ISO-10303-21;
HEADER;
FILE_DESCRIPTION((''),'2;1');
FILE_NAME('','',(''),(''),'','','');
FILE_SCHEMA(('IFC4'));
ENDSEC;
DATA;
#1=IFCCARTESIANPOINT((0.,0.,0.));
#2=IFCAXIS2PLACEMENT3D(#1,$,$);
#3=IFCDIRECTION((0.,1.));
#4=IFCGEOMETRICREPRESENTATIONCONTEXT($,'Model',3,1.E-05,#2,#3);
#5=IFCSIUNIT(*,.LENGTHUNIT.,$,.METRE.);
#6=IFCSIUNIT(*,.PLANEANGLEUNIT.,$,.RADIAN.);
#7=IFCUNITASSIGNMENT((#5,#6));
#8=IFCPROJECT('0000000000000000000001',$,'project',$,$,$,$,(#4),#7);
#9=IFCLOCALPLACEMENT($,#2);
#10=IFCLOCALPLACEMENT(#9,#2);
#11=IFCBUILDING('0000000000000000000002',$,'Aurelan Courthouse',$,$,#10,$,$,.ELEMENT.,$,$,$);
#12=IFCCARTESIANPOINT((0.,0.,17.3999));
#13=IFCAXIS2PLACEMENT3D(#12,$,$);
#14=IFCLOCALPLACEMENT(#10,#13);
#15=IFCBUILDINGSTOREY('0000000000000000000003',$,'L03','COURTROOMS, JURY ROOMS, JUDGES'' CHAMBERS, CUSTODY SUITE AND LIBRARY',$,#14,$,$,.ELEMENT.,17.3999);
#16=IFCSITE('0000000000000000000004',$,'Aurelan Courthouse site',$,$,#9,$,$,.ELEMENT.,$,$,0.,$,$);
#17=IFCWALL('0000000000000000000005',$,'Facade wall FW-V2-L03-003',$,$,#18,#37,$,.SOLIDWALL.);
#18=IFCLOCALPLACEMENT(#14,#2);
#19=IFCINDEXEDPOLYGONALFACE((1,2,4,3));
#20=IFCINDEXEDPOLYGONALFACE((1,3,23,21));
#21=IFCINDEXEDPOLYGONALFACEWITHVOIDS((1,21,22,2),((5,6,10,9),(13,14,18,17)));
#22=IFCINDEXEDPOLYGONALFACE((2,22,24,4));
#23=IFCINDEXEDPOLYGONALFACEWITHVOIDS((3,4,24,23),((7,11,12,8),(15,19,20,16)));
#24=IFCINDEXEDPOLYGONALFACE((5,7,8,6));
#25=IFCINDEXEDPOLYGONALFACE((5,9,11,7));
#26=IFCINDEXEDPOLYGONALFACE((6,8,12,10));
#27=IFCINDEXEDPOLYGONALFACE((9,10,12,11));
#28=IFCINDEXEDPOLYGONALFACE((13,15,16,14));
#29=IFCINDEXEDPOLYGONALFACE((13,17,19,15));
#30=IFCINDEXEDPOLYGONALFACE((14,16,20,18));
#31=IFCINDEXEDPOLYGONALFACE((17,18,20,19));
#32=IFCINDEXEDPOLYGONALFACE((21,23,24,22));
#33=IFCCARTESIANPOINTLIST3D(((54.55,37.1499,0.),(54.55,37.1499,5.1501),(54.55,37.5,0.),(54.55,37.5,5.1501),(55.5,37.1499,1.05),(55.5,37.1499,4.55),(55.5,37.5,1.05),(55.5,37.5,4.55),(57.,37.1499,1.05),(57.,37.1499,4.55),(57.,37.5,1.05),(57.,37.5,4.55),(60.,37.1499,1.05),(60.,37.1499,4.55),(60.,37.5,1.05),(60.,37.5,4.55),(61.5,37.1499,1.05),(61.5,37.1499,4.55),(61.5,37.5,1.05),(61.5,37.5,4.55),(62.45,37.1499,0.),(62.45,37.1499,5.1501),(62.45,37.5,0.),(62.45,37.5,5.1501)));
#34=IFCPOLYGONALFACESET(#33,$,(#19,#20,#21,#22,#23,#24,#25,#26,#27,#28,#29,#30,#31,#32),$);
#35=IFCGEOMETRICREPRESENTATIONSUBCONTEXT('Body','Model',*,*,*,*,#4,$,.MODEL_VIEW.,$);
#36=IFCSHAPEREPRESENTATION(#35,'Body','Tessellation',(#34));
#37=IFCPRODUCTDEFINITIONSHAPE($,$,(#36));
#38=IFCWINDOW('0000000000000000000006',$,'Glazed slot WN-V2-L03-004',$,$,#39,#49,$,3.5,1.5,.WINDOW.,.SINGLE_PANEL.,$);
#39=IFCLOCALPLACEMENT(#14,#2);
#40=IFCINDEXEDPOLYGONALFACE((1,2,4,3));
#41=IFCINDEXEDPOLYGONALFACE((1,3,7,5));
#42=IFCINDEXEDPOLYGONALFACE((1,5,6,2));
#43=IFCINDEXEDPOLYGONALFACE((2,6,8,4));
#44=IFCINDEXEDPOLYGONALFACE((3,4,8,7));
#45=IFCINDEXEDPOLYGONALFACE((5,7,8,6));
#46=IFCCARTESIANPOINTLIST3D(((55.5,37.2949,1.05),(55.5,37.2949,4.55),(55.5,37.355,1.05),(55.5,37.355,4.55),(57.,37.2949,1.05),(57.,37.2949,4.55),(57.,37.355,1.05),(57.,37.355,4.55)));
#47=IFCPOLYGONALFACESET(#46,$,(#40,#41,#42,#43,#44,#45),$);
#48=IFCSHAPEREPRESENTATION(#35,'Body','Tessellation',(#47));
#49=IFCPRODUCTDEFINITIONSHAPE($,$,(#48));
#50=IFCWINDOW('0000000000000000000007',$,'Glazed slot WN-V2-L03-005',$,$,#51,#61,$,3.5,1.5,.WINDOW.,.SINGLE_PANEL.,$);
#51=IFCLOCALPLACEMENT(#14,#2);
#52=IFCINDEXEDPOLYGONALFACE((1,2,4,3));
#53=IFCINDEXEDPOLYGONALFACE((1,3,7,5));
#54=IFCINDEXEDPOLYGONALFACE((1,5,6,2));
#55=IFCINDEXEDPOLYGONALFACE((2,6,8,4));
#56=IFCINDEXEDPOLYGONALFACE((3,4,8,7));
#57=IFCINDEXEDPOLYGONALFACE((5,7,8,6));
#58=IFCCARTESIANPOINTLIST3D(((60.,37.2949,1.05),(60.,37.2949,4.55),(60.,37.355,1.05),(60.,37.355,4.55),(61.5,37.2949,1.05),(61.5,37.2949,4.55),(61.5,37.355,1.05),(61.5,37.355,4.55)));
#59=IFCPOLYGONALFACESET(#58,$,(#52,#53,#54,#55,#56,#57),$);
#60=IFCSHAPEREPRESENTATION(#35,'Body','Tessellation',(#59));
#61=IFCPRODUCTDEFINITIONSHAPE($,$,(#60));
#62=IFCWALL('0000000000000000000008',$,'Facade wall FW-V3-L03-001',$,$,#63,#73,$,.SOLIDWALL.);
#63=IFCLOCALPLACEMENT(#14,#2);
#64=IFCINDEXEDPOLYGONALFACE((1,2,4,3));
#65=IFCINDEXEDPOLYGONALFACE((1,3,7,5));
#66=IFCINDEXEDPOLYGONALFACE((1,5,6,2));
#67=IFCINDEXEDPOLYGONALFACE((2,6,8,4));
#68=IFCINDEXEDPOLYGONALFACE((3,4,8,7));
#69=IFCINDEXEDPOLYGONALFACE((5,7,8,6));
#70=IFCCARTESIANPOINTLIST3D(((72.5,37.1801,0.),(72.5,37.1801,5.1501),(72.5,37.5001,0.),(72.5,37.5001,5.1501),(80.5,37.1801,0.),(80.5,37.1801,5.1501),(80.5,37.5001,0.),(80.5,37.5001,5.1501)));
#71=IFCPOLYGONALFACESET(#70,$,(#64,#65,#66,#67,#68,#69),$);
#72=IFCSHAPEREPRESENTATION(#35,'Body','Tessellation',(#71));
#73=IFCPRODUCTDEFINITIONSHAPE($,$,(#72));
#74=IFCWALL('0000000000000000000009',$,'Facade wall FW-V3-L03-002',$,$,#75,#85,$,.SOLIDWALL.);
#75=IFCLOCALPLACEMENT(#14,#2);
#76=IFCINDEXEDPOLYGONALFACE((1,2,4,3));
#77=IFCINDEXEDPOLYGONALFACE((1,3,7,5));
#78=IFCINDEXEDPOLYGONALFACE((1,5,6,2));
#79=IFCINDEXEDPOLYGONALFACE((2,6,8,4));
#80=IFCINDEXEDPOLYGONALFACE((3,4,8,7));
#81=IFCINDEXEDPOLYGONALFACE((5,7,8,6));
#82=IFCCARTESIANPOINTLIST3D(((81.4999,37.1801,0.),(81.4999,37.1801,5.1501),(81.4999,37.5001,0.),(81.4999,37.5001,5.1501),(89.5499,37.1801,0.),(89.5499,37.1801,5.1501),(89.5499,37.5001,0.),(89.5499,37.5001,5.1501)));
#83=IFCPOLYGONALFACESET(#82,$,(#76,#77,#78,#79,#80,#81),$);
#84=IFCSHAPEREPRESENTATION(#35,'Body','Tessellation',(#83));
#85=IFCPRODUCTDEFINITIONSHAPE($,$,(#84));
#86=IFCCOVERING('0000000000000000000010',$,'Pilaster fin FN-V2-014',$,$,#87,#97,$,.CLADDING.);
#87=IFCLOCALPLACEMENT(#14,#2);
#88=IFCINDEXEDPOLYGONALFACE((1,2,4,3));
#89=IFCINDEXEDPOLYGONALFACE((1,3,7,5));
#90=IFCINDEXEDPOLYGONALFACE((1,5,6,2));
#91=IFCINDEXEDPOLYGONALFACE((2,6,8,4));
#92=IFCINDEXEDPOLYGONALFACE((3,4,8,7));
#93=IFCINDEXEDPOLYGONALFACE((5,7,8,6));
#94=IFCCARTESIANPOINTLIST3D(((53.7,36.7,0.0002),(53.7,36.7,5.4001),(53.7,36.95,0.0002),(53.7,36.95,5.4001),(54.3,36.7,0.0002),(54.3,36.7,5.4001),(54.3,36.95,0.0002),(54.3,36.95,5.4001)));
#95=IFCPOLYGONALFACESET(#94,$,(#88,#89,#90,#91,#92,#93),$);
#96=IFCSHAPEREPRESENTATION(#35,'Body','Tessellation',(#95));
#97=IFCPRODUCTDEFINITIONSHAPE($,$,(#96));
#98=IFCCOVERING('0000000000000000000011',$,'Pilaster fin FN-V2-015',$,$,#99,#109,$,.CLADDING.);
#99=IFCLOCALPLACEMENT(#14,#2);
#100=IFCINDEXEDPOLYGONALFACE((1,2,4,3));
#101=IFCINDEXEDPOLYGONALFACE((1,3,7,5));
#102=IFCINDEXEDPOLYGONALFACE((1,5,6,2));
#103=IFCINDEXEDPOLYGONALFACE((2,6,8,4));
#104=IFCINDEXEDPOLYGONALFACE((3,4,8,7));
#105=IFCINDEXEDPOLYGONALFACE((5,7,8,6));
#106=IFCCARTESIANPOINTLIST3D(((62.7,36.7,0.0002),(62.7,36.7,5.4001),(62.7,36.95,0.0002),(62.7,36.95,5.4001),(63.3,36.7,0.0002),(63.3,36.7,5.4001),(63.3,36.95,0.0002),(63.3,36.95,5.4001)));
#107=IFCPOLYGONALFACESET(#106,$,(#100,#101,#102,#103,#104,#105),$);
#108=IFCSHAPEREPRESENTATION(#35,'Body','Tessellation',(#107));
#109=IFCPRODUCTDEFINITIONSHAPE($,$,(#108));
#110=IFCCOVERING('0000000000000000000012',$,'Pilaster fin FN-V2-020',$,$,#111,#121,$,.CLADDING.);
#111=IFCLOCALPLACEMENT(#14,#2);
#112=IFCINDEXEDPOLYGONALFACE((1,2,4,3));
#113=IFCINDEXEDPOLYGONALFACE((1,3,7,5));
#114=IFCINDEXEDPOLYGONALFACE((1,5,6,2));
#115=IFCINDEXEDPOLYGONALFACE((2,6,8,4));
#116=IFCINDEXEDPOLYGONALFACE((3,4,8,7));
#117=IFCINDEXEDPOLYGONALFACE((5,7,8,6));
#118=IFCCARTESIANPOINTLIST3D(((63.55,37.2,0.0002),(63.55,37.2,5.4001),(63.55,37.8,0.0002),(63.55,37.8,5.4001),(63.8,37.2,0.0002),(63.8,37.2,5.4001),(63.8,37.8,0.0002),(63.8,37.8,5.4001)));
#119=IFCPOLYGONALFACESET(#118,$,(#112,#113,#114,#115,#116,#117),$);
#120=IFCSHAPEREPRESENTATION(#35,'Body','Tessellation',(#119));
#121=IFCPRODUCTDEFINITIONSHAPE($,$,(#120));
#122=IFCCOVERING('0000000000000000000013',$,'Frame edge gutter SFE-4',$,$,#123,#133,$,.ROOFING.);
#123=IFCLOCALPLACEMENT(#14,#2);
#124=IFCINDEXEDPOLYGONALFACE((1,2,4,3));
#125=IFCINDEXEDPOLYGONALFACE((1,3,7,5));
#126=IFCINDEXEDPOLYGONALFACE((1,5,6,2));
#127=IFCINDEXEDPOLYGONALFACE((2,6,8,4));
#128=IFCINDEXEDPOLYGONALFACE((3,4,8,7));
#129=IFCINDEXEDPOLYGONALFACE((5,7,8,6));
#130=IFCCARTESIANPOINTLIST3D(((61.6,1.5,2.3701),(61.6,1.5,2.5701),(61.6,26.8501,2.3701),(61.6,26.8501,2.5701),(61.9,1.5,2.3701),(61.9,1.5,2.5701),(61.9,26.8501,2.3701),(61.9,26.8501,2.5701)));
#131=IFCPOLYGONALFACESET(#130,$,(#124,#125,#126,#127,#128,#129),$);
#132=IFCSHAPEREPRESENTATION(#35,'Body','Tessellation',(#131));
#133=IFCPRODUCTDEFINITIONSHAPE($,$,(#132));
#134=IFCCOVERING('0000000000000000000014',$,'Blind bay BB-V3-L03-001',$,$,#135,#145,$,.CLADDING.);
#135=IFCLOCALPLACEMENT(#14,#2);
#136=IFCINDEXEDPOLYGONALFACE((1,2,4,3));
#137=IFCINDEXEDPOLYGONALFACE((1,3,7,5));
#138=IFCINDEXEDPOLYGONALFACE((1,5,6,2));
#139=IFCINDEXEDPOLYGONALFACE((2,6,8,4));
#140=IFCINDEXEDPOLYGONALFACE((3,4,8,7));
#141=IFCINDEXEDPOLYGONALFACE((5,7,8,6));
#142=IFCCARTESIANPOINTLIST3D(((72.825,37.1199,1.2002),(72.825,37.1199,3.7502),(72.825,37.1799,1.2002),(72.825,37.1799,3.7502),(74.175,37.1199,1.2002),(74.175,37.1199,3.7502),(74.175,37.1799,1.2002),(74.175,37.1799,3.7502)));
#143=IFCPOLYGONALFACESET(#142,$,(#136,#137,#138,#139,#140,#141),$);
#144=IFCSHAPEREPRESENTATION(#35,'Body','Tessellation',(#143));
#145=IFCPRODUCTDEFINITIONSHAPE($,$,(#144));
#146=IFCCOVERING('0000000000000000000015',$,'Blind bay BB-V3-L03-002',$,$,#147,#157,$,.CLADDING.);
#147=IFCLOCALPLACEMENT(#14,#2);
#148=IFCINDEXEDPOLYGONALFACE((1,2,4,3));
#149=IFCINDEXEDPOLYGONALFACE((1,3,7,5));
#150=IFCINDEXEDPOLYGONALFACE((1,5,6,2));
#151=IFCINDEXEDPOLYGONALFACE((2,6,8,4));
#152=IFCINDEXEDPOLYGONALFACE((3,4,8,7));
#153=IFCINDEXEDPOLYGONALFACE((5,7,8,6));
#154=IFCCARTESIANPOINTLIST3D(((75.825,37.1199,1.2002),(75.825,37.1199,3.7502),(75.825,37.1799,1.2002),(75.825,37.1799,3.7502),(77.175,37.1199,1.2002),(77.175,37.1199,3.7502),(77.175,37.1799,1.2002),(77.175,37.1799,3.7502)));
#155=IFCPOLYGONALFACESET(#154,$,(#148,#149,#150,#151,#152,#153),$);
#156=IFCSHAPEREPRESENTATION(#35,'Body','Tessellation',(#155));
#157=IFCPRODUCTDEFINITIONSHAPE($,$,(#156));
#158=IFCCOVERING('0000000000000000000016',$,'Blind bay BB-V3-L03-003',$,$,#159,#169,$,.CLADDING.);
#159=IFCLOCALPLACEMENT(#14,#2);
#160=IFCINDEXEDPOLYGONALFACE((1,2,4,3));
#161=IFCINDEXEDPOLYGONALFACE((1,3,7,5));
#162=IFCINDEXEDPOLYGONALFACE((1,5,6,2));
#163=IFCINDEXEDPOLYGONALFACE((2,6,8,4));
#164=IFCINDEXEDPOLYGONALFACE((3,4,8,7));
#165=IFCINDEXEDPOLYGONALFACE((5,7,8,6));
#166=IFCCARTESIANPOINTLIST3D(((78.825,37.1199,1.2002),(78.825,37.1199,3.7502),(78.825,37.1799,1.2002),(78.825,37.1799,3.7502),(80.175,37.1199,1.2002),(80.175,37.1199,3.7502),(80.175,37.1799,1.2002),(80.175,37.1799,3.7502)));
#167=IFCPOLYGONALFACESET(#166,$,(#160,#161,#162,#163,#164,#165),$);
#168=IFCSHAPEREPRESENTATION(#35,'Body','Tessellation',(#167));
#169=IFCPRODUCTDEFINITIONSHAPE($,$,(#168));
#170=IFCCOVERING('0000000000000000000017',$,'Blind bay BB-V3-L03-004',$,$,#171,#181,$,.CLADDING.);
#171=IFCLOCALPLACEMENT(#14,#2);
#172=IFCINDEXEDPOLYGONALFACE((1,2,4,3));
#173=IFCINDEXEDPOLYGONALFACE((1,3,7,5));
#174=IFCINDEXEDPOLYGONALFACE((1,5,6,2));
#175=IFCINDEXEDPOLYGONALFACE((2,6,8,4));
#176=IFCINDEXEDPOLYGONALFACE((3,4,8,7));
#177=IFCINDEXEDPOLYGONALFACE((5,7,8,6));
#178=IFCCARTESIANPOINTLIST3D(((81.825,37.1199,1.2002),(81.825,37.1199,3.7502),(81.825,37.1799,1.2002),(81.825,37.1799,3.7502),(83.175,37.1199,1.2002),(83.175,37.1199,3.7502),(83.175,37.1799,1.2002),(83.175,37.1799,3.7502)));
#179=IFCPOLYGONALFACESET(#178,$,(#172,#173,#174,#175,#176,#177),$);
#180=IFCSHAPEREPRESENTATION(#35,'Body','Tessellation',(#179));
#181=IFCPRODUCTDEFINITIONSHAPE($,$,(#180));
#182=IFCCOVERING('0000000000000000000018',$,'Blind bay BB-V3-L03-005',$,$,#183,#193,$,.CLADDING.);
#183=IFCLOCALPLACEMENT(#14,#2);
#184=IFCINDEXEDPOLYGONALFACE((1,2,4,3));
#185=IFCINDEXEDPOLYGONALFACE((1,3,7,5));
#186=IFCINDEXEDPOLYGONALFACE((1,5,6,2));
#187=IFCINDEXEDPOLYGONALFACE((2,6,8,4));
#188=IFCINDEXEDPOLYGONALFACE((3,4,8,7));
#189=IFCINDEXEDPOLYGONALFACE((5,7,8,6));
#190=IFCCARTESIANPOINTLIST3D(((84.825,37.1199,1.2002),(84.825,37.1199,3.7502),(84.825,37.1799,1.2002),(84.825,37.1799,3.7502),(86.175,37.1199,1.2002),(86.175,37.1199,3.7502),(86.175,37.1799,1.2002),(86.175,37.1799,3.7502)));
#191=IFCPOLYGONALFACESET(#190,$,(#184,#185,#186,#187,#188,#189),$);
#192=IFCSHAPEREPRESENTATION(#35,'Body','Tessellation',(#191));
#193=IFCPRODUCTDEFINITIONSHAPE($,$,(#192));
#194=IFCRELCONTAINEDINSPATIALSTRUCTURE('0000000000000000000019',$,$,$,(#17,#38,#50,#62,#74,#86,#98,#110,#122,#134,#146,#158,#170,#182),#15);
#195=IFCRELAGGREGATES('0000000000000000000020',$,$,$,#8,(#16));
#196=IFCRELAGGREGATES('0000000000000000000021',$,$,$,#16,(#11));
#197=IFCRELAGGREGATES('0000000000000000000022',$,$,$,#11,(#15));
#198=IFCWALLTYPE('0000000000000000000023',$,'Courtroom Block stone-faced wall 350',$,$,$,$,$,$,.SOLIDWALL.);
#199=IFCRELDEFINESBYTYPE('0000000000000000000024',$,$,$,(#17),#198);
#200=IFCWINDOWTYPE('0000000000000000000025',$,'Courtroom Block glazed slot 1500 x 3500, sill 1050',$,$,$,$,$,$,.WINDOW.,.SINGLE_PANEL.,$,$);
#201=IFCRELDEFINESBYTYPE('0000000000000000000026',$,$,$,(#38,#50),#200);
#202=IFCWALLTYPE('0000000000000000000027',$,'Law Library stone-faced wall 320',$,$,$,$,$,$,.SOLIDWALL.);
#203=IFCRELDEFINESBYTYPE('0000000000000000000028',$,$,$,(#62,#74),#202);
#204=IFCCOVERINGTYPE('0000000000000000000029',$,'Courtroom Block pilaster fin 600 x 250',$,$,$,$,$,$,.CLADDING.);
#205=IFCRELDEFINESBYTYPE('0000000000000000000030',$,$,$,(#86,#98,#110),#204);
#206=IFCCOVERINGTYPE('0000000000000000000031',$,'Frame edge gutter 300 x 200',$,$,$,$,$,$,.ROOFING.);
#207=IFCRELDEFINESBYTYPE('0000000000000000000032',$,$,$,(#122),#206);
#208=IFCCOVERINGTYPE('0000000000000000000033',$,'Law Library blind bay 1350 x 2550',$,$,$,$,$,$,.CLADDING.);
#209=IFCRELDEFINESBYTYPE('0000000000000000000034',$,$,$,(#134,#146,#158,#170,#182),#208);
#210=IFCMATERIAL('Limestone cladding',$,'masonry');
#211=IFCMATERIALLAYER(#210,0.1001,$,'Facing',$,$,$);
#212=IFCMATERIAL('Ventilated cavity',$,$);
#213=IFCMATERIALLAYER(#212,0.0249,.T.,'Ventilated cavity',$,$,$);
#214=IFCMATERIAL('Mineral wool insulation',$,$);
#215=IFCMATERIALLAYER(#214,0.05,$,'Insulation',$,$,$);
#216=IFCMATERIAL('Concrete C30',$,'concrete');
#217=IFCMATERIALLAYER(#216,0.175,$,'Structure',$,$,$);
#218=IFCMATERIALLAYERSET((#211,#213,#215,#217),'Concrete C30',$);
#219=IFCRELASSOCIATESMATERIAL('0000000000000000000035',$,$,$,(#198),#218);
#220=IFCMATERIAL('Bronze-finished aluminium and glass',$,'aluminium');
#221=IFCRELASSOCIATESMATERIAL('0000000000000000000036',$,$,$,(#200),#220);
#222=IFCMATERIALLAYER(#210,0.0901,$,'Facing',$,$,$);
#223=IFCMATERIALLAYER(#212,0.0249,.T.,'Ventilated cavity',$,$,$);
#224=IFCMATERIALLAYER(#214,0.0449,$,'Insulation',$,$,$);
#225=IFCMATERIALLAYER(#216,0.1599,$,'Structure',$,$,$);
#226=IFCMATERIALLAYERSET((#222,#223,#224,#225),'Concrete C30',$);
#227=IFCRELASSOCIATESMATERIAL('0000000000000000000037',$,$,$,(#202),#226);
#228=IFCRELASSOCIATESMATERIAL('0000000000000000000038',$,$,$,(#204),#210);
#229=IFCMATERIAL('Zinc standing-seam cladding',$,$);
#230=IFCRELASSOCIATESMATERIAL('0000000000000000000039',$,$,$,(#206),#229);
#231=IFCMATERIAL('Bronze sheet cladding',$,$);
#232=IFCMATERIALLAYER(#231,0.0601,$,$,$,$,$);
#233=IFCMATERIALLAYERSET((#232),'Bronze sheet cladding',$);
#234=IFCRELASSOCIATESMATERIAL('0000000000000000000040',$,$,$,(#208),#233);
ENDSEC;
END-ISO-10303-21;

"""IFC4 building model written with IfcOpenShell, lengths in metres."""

from ifc_helpers import new_model, si_unit, direction, frame, frame_2d, origin, origin_2d, place, context, subcontext, project, spatial, rectangle, extrude, material, layer, layer_set, type_object, element, fill, save


model = new_model("IFC4")

# Units and contexts
model_context = context("Model", 3, precision=1e-05, world=origin(), true_north=direction((0.0, 1.0)))
body_context = subcontext(model_context, "Body", "Model", "MODEL_VIEW")
ifc_project = project(units=[si_unit("LENGTHUNIT", "METRE"), si_unit("PLANEANGLEUNIT", "RADIAN")], contexts=[model_context])

# Site, building, storey
site_placement = place(None, origin())
site = spatial("IfcSite", under=ifc_project, at=site_placement, Name="Aurelan Courthouse site", CompositionType="ELEMENT", RefElevation=0.0)
building_placement = place(site_placement, origin())
building = spatial("IfcBuilding", under=site, at=building_placement, Name="Aurelan Courthouse", CompositionType="ELEMENT")
storey_placement = place(building_placement, frame((0.0, 0.0, 17.3999)))
storey = spatial("IfcBuildingStorey", under=building, at=storey_placement, Name="L03", Description="COURTROOMS, JURY ROOMS, JUDGES' CHAMBERS, CUSTODY SUITE AND LIBRARY", CompositionType="ELEMENT", Elevation=17.3999)

# Shared definitions
ifc_material_1 = material(Name="Bronze-finished aluminium and glass", Category="aluminium")

# Wall, openings, windows
ifc_material_2 = material(Name="Limestone cladding", Category="masonry")
ifc_layer_1 = layer(ifc_material_2, 0.1001, Name="Facing")
ifc_material_3 = material(Name="Ventilated cavity")
ifc_layer_2 = layer(ifc_material_3, 0.0249, ventilated=True, Name="Ventilated cavity")
ifc_material_4 = material(Name="Mineral wool insulation")
ifc_layer_3 = layer(ifc_material_4, 0.05, Name="Insulation")
ifc_material_5 = material(Name="Concrete C30", Category="concrete")
ifc_layer_4 = layer(ifc_material_5, 0.175, Name="Structure")
ifc_layer_set_1 = layer_set([ifc_layer_1, ifc_layer_2, ifc_layer_3, ifc_layer_4], Name="Concrete C30")
wall_type_1 = type_object("IfcWallType", Name="Courtroom Block stone-faced wall 350", PredefinedType="SOLIDWALL", material=ifc_layer_set_1)
wall_1_placement = place(storey_placement, frame((54.55, 37.325, 0.0), z_axis=(0.0, 0.0, 1.0), x_axis=(1.0, 0.0, 0.0)))
wall_1 = element("IfcWall", 1, at=wall_1_placement, inside=storey, type_object=wall_type_1, Name="Facade wall FW-V2-L03-003", PredefinedType="SOLIDWALL", context=body_context, shape_type="SweptSolid", body=[
    extrude(rectangle(XDim=7.8999, YDim=0.3501, at=frame_2d((3.95, 0.0))), origin(), (0.0, 0.0, 1.0), 5.1501),
])
opening_1_placement = place(wall_1_placement, frame((0.95, 0.0, 1.05)))
opening_1 = element("IfcOpeningElement", 2, at=opening_1_placement, cuts=wall_1, PredefinedType="OPENING", context=body_context, shape_type="SweptSolid", body=[
    extrude(rectangle(XDim=1.5, YDim=3.5, at=frame_2d((0.75, 1.75))), frame((0.0, 0.1851, 0.0), z_axis=(0.0, -1.0, 0.0), x_axis=(1.0, 0.0, 0.0)), (0.0, 0.0, 1.0), 0.3701),
])
opening_2_placement = place(wall_1_placement, frame((5.45, 0.0, 1.05)))
opening_2 = element("IfcOpeningElement", 3, at=opening_2_placement, cuts=wall_1, PredefinedType="OPENING", context=body_context, shape_type="SweptSolid", body=[
    extrude(rectangle(XDim=1.5, YDim=3.5, at=frame_2d((0.75, 1.75))), frame((0.0, 0.1851, 0.0), z_axis=(0.0, -1.0, 0.0), x_axis=(1.0, 0.0, 0.0)), (0.0, 0.0, 1.0), 0.3701),
])
window_type = type_object("IfcWindowType", Name="Courtroom Block glazed slot 1500 x 3500, sill 1050", PartitioningType="SINGLE_PANEL", PredefinedType="WINDOW", material=ifc_material_1)
window_1_placement = place(opening_1_placement, origin())
window_1 = element("IfcWindow", 4, at=window_1_placement, inside=storey, type_object=window_type, Name="Glazed slot WN-V2-L03-004", OverallHeight=3.5, OverallWidth=1.5, PartitioningType="SINGLE_PANEL", PredefinedType="WINDOW", context=body_context, shape_type="SweptSolid", body=[
    extrude(rectangle(XDim=1.5, YDim=3.5, at=frame_2d((0.75, 1.75))), frame((0.0, 0.03, 0.0), z_axis=(0.0, -1.0, 0.0), x_axis=(1.0, 0.0, 0.0)), (0.0, 0.0, 1.0), 0.0601),
])
fill(opening_1, window_1)
window_2_placement = place(opening_2_placement, origin())
window_2 = element("IfcWindow", 5, at=window_2_placement, inside=storey, type_object=window_type, Name="Glazed slot WN-V2-L03-005", OverallHeight=3.5, OverallWidth=1.5, PartitioningType="SINGLE_PANEL", PredefinedType="WINDOW", context=body_context, shape_type="SweptSolid", body=[
    extrude(rectangle(XDim=1.5, YDim=3.5, at=frame_2d((0.75, 1.75))), frame((0.0, 0.03, 0.0), z_axis=(0.0, -1.0, 0.0), x_axis=(1.0, 0.0, 0.0)), (0.0, 0.0, 1.0), 0.0601),
])
fill(opening_2, window_2)

# Walls
ifc_layer_5 = layer(ifc_material_2, 0.0901, Name="Facing")
ifc_layer_6 = layer(ifc_material_3, 0.0249, ventilated=True, Name="Ventilated cavity")
ifc_layer_7 = layer(ifc_material_4, 0.0449, Name="Insulation")
ifc_layer_8 = layer(ifc_material_5, 0.1599, Name="Structure")
ifc_layer_set_2 = layer_set([ifc_layer_5, ifc_layer_6, ifc_layer_7, ifc_layer_8], Name="Concrete C30")
wall_type_2 = type_object("IfcWallType", Name="Law Library stone-faced wall 320", PredefinedType="SOLIDWALL", material=ifc_layer_set_2)
wall_2_placement = place(storey_placement, frame((72.5, 37.3401, 0.0), z_axis=(0.0, 0.0, 1.0), x_axis=(1.0, 0.0, 0.0)))
element("IfcWall", 6, at=wall_2_placement, inside=storey, type_object=wall_type_2, Name="Facade wall FW-V3-L03-001", PredefinedType="SOLIDWALL", context=body_context, shape_type="SweptSolid", body=[
    extrude(rectangle(XDim=8.0, YDim=0.3201, at=frame_2d((4.0, 0.0))), origin(), (0.0, 0.0, 1.0), 5.1501),
])
wall_3_placement = place(storey_placement, frame((81.5, 37.3401, 0.0), z_axis=(0.0, 0.0, 1.0), x_axis=(1.0, 0.0, 0.0)))
element("IfcWall", 7, at=wall_3_placement, inside=storey, type_object=wall_type_2, Name="Facade wall FW-V3-L03-002", PredefinedType="SOLIDWALL", context=body_context, shape_type="SweptSolid", body=[
    extrude(rectangle(XDim=8.05, YDim=0.3201, at=frame_2d((4.0249, 0.0))), origin(), (0.0, 0.0, 1.0), 5.1501),
])

# Coverings
ifc_material_6 = material(Name="Bronze sheet cladding")
covering_type_1 = type_object("IfcCoveringType", Name="Courtroom Block pilaster fin 600 x 250", PredefinedType="CLADDING", material=ifc_material_2)
for number, where, z_axis, x_axis, name in (
    (8, (54.0, 36.825, 0.0002), (0.0, 0.0, 1.0), (1.0, 0.0, 0.0), "Pilaster fin FN-V2-014"),
    (9, (63.0, 36.825, 0.0002), (0.0, 0.0, 1.0), (1.0, 0.0, 0.0), "Pilaster fin FN-V2-015"),
):
    element("IfcCovering", number, at=place(storey_placement, frame(where, z_axis=z_axis, x_axis=x_axis)), inside=storey, type_object=covering_type_1, Name=name, PredefinedType="CLADDING", context=body_context, shape_type="SweptSolid", body=[
        extrude(rectangle(XDim=0.6001, YDim=0.25, at=origin_2d()), origin(), (0.0, 0.0, 1.0), 5.3999),
    ])
covering_1_placement = place(storey_placement, frame((63.675, 37.5, 0.0002), z_axis=(0.0, 0.0, 1.0), x_axis=(1.0, 0.0, 0.0)))
element("IfcCovering", 10, at=covering_1_placement, inside=storey, type_object=covering_type_1, Name="Pilaster fin FN-V2-020", PredefinedType="CLADDING", context=body_context, shape_type="SweptSolid", body=[
    extrude(rectangle(XDim=0.25, YDim=0.6001, at=origin_2d()), origin(), (0.0, 0.0, 1.0), 5.3999),
])
ifc_material_7 = material(Name="Zinc standing-seam cladding")
covering_type_2 = type_object("IfcCoveringType", Name="Frame edge gutter 300 x 200", PredefinedType="ROOFING", material=ifc_material_7)
covering_2_placement = place(storey_placement, frame((61.75, 14.175, 2.3701), z_axis=(0.0, 0.0, 1.0), x_axis=(1.0, 0.0, 0.0)))
element("IfcCovering", 11, at=covering_2_placement, inside=storey, type_object=covering_type_2, Name="Frame edge gutter SFE-4", PredefinedType="ROOFING", context=body_context, shape_type="SweptSolid", body=[
    extrude(rectangle(XDim=0.3, YDim=25.3501, at=origin_2d()), origin(), (0.0, 0.0, 1.0), 0.2),
])
ifc_layer_9 = layer(ifc_material_6, 0.0601)
ifc_layer_set_3 = layer_set([ifc_layer_9], Name="Bronze sheet cladding")
covering_type_3 = type_object("IfcCoveringType", Name="Law Library blind bay 1350 x 2550", PredefinedType="CLADDING", material=ifc_layer_set_3)
for number, where, z_axis, x_axis, name in (
    (12, (73.5, 37.1499, 1.2002), (0.0, 0.0, 1.0), (1.0, 0.0, 0.0), "Blind bay BB-V3-L03-001"),
    (13, (76.5, 37.1499, 1.2002), (0.0, 0.0, 1.0), (1.0, 0.0, 0.0), "Blind bay BB-V3-L03-002"),
    (14, (79.5, 37.1499, 1.2002), (0.0, 0.0, 1.0), (1.0, 0.0, 0.0), "Blind bay BB-V3-L03-003"),
    (15, (82.5, 37.1499, 1.2002), (0.0, 0.0, 1.0), (1.0, 0.0, 0.0), "Blind bay BB-V3-L03-004"),
    (16, (85.5, 37.1499, 1.2002), (0.0, 0.0, 1.0), (1.0, 0.0, 0.0), "Blind bay BB-V3-L03-005"),
):
    element("IfcCovering", number, at=place(storey_placement, frame(where, z_axis=z_axis, x_axis=x_axis)), inside=storey, type_object=covering_type_3, Name=name, PredefinedType="CLADDING", context=body_context, shape_type="SweptSolid", body=[
        extrude(rectangle(XDim=1.3501, YDim=0.0601, at=origin_2d()), origin(), (0.0, 0.0, 1.0), 2.55),
    ])

save(model, "model.ifc")
